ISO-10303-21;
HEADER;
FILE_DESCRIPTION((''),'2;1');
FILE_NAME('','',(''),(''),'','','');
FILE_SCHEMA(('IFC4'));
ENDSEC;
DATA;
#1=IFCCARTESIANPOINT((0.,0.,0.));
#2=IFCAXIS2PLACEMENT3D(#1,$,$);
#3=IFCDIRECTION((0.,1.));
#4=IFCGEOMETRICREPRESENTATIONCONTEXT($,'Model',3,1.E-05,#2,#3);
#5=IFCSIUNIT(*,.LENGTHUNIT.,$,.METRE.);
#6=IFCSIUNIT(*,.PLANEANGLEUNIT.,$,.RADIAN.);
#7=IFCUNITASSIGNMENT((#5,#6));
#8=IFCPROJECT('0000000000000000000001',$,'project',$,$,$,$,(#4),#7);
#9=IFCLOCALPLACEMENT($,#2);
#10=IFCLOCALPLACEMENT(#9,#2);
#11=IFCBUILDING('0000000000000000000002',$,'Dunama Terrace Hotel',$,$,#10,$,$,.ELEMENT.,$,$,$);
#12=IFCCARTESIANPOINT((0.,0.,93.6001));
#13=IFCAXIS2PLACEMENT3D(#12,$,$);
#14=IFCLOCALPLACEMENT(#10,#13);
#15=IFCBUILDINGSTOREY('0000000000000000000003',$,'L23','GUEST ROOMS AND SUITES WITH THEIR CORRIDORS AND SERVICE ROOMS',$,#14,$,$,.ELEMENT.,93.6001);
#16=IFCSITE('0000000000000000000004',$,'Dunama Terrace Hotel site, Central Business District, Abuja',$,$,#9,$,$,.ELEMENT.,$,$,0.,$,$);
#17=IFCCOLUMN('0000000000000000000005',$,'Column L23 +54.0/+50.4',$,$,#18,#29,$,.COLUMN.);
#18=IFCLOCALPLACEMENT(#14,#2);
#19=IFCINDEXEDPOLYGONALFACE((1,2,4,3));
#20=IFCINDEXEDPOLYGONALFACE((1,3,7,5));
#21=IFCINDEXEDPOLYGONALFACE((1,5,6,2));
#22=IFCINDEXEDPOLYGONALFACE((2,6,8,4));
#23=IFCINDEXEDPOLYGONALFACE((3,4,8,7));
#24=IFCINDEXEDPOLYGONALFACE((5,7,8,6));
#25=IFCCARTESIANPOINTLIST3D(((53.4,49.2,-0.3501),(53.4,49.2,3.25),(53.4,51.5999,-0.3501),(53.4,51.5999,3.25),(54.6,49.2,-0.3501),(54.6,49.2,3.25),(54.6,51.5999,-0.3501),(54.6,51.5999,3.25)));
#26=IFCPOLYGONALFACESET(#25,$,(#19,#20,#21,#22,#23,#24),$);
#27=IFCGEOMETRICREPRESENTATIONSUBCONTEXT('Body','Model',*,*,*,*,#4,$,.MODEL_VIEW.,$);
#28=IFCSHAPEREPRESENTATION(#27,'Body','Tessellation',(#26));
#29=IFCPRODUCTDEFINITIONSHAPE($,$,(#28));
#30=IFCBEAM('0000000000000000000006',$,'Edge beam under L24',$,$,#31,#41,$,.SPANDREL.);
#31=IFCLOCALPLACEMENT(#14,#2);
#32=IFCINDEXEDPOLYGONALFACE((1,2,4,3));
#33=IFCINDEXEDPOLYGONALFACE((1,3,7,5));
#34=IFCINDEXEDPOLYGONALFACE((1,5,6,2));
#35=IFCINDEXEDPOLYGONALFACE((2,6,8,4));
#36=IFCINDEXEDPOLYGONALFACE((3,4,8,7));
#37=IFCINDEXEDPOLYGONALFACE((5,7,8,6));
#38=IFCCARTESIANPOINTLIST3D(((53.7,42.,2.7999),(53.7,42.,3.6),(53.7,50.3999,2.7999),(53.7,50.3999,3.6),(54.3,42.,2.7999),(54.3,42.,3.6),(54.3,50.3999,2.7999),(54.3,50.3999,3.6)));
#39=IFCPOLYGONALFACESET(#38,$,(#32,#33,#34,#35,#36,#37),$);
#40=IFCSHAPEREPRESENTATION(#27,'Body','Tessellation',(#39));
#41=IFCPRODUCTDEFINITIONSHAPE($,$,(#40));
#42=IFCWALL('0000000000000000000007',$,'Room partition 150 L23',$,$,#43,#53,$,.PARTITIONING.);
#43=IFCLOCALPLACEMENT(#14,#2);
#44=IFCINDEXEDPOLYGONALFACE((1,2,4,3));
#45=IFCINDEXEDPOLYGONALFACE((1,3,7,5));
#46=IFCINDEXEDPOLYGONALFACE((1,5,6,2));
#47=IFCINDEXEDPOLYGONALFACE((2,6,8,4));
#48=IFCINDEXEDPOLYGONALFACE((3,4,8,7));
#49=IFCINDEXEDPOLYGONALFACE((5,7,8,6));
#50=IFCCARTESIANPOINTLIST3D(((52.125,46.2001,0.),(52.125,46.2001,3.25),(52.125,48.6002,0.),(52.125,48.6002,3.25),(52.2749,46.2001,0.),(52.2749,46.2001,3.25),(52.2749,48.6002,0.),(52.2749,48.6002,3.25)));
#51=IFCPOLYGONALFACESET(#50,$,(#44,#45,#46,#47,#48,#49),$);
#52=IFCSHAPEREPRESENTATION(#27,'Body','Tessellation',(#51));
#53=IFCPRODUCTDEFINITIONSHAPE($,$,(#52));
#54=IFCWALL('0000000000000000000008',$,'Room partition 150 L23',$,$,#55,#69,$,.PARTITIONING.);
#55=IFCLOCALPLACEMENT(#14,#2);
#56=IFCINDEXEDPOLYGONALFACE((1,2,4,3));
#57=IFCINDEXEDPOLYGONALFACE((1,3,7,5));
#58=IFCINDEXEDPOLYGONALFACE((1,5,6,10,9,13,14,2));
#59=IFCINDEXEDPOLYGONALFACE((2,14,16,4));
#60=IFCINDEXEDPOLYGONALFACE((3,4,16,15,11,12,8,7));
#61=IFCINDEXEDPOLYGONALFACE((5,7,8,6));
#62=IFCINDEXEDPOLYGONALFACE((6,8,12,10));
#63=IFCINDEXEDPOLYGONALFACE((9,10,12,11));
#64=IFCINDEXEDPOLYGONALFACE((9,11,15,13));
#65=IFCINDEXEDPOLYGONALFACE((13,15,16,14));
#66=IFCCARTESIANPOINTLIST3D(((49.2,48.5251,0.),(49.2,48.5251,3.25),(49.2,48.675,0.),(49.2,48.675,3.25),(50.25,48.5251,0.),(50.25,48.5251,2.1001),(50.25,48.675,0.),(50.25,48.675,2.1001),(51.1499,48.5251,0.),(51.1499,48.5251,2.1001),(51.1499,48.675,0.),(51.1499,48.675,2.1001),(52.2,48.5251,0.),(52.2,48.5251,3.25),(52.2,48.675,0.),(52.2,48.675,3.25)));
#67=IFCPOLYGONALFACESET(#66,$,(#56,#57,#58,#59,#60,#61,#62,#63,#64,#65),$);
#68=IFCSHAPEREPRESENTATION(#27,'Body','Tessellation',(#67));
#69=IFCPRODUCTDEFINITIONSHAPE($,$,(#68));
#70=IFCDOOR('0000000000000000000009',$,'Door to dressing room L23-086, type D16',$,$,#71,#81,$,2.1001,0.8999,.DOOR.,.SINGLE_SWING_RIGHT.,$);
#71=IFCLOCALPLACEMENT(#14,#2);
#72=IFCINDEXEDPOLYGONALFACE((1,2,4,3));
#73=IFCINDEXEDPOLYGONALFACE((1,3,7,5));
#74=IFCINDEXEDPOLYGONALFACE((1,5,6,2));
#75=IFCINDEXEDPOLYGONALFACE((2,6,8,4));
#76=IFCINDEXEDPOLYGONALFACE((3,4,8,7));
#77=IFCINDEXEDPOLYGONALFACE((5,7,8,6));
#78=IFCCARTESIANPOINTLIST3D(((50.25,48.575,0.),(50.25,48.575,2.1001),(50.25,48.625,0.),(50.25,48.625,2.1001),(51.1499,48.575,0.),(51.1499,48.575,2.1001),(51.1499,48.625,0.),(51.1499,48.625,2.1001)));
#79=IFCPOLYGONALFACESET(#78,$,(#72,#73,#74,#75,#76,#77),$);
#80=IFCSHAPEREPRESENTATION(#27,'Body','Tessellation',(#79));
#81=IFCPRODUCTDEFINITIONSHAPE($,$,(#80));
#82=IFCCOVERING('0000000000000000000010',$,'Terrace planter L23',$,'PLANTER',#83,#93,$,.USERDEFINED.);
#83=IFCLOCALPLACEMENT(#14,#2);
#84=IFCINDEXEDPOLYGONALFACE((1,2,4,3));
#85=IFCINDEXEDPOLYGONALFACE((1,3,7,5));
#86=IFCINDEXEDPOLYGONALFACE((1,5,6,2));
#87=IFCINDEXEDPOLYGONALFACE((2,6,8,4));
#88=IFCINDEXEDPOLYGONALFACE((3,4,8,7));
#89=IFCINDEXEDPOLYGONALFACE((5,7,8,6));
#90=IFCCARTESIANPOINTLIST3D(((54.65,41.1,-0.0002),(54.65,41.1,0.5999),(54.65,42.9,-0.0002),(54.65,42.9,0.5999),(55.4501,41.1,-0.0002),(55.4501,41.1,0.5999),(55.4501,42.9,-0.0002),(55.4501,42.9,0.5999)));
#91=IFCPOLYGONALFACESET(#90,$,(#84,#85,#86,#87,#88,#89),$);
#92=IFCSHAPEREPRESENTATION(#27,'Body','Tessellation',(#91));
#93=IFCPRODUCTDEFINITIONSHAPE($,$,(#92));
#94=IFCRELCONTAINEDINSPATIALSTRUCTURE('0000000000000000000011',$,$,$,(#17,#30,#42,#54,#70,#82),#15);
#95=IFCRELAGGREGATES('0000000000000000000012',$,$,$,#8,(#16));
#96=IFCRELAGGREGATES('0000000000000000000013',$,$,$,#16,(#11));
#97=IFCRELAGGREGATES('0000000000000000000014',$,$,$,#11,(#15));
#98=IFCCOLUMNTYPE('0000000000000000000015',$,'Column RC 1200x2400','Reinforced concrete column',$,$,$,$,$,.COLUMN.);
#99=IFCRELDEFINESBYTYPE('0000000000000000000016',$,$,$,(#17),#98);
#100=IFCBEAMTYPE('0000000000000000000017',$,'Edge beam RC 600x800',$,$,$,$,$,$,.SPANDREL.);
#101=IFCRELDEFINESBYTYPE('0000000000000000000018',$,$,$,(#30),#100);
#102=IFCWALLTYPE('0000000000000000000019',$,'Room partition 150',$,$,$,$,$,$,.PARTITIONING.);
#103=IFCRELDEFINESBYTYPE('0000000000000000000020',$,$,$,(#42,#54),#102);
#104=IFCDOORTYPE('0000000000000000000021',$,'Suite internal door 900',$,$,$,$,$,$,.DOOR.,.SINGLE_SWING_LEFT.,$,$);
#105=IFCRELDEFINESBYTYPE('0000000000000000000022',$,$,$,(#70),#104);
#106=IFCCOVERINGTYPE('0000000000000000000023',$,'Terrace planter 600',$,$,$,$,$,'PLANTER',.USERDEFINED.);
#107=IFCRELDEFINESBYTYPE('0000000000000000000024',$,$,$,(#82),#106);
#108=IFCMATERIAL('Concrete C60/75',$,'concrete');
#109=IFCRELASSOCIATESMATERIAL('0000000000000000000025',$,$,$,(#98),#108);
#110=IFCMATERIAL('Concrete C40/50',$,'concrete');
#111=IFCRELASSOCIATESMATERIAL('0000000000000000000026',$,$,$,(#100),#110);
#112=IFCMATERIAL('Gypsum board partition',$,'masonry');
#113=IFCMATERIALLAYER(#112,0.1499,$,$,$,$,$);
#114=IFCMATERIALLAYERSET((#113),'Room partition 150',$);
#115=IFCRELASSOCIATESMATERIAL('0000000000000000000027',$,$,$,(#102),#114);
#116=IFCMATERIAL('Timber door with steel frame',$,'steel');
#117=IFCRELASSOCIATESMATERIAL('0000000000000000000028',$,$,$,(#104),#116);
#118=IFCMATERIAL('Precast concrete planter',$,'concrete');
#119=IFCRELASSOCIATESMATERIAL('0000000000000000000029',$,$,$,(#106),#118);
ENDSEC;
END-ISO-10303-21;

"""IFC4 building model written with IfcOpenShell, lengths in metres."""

from ifc_helpers import new_model, si_unit, direction, frame, frame_2d, origin, origin_2d, place, context, subcontext, project, spatial, rectangle, extrude, material, layer, layer_set, material_profile, profile_set, type_object, element, fill, save


model = new_model("IFC4")

# Units and contexts
model_context = context("Model", 3, precision=1e-05, world=origin(), true_north=direction((0.0, 1.0)))
body_context = subcontext(model_context, "Body", "Model", "MODEL_VIEW")
ifc_project = project(units=[si_unit("LENGTHUNIT", "METRE"), si_unit("PLANEANGLEUNIT", "RADIAN")], contexts=[model_context])

# Site, building, storey
site_placement = place(None, origin())
site = spatial("IfcSite", under=ifc_project, at=site_placement, Name="Dunama Terrace Hotel site, Central Business District, Abuja", CompositionType="ELEMENT", RefElevation=0.0)
building_placement = place(site_placement, origin())
building = spatial("IfcBuilding", under=site, at=building_placement, Name="Dunama Terrace Hotel", CompositionType="ELEMENT")
storey_placement = place(building_placement, frame((0.0, 0.0, 93.6001)))
storey = spatial("IfcBuildingStorey", under=building, at=storey_placement, Name="L23", Description="GUEST ROOMS AND SUITES WITH THEIR CORRIDORS AND SERVICE ROOMS", CompositionType="ELEMENT", Elevation=93.6001)

# Column
ifc_material_1 = material(Name="Concrete C60/75", Category="concrete")
ifc_material_profile_1 = material_profile(ifc_material_1, rectangle(XDim=1.2, YDim=2.3999, at=origin_2d()), Name="RC 1200x2400")
ifc_profile_set_1 = profile_set([ifc_material_profile_1], Name="Concrete C60/75")
column_type = type_object("IfcColumnType", Name="Column RC 1200x2400", Description="Reinforced concrete column", PredefinedType="COLUMN", material=ifc_profile_set_1)
column_placement = place(storey_placement, frame((54.0, 50.3999, -0.3501), z_axis=(0.0, 0.0, 1.0), x_axis=(1.0, 0.0, 0.0)))
element("IfcColumn", 1, at=column_placement, inside=storey, type_object=column_type, Name="Column L23 +54.0/+50.4", PredefinedType="COLUMN", context=body_context, shape_type="SweptSolid", body=[
    extrude(rectangle(XDim=1.2, YDim=2.3999, at=origin_2d()), origin(), (0.0, 0.0, 1.0), 3.6001),
])

# Beam
ifc_material_2 = material(Name="Concrete C40/50", Category="concrete")
ifc_material_profile_2 = material_profile(ifc_material_2, rectangle(XDim=0.6001, YDim=0.8, at=origin_2d()), Name="RC 600x800")
ifc_profile_set_2 = profile_set([ifc_material_profile_2], Name="Concrete C40/50")
beam_type = type_object("IfcBeamType", Name="Edge beam RC 600x800", PredefinedType="SPANDREL", material=ifc_profile_set_2)
beam_placement = place(storey_placement, frame((54.0, 42.0, 3.2), z_axis=(0.0, 1.0, 0.0), x_axis=(-1.0, 0.0, 0.0)))
element("IfcBeam", 2, at=beam_placement, inside=storey, type_object=beam_type, Name="Edge beam under L24", PredefinedType="SPANDREL", context=body_context, shape_type="SweptSolid", body=[
    extrude(rectangle(XDim=0.6001, YDim=0.8, at=origin_2d()), origin(), (0.0, 0.0, 1.0), 8.3999),
])

# Wall
ifc_material_3 = material(Name="Gypsum board partition", Category="masonry")
ifc_layer = layer(ifc_material_3, 0.1499)
ifc_layer_set = layer_set([ifc_layer], Name="Room partition 150")
wall_type = type_object("IfcWallType", Name="Room partition 150", PredefinedType="PARTITIONING", material=ifc_layer_set)
wall_1_placement = place(storey_placement, frame((52.2, 46.2, 0.0), z_axis=(0.0, 0.0, 1.0), x_axis=(0.0, 1.0, 0.0)))
element("IfcWall", 3, at=wall_1_placement, inside=storey, type_object=wall_type, Name="Room partition 150 L23", PredefinedType="PARTITIONING", context=body_context, shape_type="SweptSolid", body=[
    extrude(rectangle(XDim=2.4001, YDim=0.1499, at=frame_2d((1.2002, 0.0))), origin(), (0.0, 0.0, 1.0), 3.25),
])

# Wall, opening, door
wall_2_placement = place(storey_placement, frame((49.2, 48.6001, 0.0), z_axis=(0.0, 0.0, 1.0), x_axis=(1.0, 0.0, 0.0)))
wall_2 = element("IfcWall", 4, at=wall_2_placement, inside=storey, type_object=wall_type, Name="Room partition 150 L23", PredefinedType="PARTITIONING", context=body_context, shape_type="SweptSolid", body=[
    extrude(rectangle(XDim=3.0, YDim=0.1499, at=frame_2d((1.5, 0.0))), origin(), (0.0, 0.0, 1.0), 3.25),
])
opening_placement = place(wall_2_placement, frame((1.05, 0.0, 0.0)))
opening = element("IfcOpeningElement", 5, at=opening_placement, cuts=wall_2, PredefinedType="OPENING", context=body_context, shape_type="SweptSolid", body=[
    extrude(rectangle(XDim=0.8999, YDim=2.1001, at=frame_2d((0.45, 1.05))), frame((0.0, 0.085, 0.0), z_axis=(0.0, -1.0, 0.0), x_axis=(1.0, 0.0, 0.0)), (0.0, 0.0, 1.0), 0.1699),
])
ifc_material_4 = material(Name="Timber door with steel frame", Category="steel")
door_type = type_object("IfcDoorType", Name="Suite internal door 900", OperationType="SINGLE_SWING_LEFT", PredefinedType="DOOR", material=ifc_material_4)
door_placement = place(opening_placement, frame((0.8999, 0.0, 0.0), z_axis=(0.0, 0.0, 1.0), x_axis=(-1.0, 0.0, 0.0)))
door = element("IfcDoor", 6, at=door_placement, inside=storey, type_object=door_type, Name="Door to dressing room L23-086, type D16", OperationType="SINGLE_SWING_RIGHT", OverallHeight=2.1001, OverallWidth=0.8999, PredefinedType="DOOR", context=body_context, shape_type="SweptSolid", body=[
    extrude(rectangle(XDim=0.8999, YDim=2.1001, at=frame_2d((0.45, 1.05))), frame((0.0, 0.0251, 0.0), z_axis=(0.0, -1.0, 0.0), x_axis=(1.0, 0.0, 0.0)), (0.0, 0.0, 1.0), 0.05),
])
fill(opening, door)

# Covering
ifc_material_5 = material(Name="Precast concrete planter", Category="concrete")
covering_type = type_object("IfcCoveringType", Name="Terrace planter 600", ElementType="PLANTER", PredefinedType="USERDEFINED", material=ifc_material_5)
covering_placement = place(storey_placement, frame((55.05, 42.0, -0.0002), z_axis=(0.0, 0.0, 1.0), x_axis=(1.0, 0.0, 0.0)))
element("IfcCovering", 7, at=covering_placement, inside=storey, type_object=covering_type, Name="Terrace planter L23", ObjectType="PLANTER", PredefinedType="USERDEFINED", context=body_context, shape_type="SweptSolid", body=[
    extrude(rectangle(XDim=0.8, YDim=1.8, at=origin_2d()), origin(), (0.0, 0.0, 1.0), 0.6001),
])

save(model, "model.ifc")
